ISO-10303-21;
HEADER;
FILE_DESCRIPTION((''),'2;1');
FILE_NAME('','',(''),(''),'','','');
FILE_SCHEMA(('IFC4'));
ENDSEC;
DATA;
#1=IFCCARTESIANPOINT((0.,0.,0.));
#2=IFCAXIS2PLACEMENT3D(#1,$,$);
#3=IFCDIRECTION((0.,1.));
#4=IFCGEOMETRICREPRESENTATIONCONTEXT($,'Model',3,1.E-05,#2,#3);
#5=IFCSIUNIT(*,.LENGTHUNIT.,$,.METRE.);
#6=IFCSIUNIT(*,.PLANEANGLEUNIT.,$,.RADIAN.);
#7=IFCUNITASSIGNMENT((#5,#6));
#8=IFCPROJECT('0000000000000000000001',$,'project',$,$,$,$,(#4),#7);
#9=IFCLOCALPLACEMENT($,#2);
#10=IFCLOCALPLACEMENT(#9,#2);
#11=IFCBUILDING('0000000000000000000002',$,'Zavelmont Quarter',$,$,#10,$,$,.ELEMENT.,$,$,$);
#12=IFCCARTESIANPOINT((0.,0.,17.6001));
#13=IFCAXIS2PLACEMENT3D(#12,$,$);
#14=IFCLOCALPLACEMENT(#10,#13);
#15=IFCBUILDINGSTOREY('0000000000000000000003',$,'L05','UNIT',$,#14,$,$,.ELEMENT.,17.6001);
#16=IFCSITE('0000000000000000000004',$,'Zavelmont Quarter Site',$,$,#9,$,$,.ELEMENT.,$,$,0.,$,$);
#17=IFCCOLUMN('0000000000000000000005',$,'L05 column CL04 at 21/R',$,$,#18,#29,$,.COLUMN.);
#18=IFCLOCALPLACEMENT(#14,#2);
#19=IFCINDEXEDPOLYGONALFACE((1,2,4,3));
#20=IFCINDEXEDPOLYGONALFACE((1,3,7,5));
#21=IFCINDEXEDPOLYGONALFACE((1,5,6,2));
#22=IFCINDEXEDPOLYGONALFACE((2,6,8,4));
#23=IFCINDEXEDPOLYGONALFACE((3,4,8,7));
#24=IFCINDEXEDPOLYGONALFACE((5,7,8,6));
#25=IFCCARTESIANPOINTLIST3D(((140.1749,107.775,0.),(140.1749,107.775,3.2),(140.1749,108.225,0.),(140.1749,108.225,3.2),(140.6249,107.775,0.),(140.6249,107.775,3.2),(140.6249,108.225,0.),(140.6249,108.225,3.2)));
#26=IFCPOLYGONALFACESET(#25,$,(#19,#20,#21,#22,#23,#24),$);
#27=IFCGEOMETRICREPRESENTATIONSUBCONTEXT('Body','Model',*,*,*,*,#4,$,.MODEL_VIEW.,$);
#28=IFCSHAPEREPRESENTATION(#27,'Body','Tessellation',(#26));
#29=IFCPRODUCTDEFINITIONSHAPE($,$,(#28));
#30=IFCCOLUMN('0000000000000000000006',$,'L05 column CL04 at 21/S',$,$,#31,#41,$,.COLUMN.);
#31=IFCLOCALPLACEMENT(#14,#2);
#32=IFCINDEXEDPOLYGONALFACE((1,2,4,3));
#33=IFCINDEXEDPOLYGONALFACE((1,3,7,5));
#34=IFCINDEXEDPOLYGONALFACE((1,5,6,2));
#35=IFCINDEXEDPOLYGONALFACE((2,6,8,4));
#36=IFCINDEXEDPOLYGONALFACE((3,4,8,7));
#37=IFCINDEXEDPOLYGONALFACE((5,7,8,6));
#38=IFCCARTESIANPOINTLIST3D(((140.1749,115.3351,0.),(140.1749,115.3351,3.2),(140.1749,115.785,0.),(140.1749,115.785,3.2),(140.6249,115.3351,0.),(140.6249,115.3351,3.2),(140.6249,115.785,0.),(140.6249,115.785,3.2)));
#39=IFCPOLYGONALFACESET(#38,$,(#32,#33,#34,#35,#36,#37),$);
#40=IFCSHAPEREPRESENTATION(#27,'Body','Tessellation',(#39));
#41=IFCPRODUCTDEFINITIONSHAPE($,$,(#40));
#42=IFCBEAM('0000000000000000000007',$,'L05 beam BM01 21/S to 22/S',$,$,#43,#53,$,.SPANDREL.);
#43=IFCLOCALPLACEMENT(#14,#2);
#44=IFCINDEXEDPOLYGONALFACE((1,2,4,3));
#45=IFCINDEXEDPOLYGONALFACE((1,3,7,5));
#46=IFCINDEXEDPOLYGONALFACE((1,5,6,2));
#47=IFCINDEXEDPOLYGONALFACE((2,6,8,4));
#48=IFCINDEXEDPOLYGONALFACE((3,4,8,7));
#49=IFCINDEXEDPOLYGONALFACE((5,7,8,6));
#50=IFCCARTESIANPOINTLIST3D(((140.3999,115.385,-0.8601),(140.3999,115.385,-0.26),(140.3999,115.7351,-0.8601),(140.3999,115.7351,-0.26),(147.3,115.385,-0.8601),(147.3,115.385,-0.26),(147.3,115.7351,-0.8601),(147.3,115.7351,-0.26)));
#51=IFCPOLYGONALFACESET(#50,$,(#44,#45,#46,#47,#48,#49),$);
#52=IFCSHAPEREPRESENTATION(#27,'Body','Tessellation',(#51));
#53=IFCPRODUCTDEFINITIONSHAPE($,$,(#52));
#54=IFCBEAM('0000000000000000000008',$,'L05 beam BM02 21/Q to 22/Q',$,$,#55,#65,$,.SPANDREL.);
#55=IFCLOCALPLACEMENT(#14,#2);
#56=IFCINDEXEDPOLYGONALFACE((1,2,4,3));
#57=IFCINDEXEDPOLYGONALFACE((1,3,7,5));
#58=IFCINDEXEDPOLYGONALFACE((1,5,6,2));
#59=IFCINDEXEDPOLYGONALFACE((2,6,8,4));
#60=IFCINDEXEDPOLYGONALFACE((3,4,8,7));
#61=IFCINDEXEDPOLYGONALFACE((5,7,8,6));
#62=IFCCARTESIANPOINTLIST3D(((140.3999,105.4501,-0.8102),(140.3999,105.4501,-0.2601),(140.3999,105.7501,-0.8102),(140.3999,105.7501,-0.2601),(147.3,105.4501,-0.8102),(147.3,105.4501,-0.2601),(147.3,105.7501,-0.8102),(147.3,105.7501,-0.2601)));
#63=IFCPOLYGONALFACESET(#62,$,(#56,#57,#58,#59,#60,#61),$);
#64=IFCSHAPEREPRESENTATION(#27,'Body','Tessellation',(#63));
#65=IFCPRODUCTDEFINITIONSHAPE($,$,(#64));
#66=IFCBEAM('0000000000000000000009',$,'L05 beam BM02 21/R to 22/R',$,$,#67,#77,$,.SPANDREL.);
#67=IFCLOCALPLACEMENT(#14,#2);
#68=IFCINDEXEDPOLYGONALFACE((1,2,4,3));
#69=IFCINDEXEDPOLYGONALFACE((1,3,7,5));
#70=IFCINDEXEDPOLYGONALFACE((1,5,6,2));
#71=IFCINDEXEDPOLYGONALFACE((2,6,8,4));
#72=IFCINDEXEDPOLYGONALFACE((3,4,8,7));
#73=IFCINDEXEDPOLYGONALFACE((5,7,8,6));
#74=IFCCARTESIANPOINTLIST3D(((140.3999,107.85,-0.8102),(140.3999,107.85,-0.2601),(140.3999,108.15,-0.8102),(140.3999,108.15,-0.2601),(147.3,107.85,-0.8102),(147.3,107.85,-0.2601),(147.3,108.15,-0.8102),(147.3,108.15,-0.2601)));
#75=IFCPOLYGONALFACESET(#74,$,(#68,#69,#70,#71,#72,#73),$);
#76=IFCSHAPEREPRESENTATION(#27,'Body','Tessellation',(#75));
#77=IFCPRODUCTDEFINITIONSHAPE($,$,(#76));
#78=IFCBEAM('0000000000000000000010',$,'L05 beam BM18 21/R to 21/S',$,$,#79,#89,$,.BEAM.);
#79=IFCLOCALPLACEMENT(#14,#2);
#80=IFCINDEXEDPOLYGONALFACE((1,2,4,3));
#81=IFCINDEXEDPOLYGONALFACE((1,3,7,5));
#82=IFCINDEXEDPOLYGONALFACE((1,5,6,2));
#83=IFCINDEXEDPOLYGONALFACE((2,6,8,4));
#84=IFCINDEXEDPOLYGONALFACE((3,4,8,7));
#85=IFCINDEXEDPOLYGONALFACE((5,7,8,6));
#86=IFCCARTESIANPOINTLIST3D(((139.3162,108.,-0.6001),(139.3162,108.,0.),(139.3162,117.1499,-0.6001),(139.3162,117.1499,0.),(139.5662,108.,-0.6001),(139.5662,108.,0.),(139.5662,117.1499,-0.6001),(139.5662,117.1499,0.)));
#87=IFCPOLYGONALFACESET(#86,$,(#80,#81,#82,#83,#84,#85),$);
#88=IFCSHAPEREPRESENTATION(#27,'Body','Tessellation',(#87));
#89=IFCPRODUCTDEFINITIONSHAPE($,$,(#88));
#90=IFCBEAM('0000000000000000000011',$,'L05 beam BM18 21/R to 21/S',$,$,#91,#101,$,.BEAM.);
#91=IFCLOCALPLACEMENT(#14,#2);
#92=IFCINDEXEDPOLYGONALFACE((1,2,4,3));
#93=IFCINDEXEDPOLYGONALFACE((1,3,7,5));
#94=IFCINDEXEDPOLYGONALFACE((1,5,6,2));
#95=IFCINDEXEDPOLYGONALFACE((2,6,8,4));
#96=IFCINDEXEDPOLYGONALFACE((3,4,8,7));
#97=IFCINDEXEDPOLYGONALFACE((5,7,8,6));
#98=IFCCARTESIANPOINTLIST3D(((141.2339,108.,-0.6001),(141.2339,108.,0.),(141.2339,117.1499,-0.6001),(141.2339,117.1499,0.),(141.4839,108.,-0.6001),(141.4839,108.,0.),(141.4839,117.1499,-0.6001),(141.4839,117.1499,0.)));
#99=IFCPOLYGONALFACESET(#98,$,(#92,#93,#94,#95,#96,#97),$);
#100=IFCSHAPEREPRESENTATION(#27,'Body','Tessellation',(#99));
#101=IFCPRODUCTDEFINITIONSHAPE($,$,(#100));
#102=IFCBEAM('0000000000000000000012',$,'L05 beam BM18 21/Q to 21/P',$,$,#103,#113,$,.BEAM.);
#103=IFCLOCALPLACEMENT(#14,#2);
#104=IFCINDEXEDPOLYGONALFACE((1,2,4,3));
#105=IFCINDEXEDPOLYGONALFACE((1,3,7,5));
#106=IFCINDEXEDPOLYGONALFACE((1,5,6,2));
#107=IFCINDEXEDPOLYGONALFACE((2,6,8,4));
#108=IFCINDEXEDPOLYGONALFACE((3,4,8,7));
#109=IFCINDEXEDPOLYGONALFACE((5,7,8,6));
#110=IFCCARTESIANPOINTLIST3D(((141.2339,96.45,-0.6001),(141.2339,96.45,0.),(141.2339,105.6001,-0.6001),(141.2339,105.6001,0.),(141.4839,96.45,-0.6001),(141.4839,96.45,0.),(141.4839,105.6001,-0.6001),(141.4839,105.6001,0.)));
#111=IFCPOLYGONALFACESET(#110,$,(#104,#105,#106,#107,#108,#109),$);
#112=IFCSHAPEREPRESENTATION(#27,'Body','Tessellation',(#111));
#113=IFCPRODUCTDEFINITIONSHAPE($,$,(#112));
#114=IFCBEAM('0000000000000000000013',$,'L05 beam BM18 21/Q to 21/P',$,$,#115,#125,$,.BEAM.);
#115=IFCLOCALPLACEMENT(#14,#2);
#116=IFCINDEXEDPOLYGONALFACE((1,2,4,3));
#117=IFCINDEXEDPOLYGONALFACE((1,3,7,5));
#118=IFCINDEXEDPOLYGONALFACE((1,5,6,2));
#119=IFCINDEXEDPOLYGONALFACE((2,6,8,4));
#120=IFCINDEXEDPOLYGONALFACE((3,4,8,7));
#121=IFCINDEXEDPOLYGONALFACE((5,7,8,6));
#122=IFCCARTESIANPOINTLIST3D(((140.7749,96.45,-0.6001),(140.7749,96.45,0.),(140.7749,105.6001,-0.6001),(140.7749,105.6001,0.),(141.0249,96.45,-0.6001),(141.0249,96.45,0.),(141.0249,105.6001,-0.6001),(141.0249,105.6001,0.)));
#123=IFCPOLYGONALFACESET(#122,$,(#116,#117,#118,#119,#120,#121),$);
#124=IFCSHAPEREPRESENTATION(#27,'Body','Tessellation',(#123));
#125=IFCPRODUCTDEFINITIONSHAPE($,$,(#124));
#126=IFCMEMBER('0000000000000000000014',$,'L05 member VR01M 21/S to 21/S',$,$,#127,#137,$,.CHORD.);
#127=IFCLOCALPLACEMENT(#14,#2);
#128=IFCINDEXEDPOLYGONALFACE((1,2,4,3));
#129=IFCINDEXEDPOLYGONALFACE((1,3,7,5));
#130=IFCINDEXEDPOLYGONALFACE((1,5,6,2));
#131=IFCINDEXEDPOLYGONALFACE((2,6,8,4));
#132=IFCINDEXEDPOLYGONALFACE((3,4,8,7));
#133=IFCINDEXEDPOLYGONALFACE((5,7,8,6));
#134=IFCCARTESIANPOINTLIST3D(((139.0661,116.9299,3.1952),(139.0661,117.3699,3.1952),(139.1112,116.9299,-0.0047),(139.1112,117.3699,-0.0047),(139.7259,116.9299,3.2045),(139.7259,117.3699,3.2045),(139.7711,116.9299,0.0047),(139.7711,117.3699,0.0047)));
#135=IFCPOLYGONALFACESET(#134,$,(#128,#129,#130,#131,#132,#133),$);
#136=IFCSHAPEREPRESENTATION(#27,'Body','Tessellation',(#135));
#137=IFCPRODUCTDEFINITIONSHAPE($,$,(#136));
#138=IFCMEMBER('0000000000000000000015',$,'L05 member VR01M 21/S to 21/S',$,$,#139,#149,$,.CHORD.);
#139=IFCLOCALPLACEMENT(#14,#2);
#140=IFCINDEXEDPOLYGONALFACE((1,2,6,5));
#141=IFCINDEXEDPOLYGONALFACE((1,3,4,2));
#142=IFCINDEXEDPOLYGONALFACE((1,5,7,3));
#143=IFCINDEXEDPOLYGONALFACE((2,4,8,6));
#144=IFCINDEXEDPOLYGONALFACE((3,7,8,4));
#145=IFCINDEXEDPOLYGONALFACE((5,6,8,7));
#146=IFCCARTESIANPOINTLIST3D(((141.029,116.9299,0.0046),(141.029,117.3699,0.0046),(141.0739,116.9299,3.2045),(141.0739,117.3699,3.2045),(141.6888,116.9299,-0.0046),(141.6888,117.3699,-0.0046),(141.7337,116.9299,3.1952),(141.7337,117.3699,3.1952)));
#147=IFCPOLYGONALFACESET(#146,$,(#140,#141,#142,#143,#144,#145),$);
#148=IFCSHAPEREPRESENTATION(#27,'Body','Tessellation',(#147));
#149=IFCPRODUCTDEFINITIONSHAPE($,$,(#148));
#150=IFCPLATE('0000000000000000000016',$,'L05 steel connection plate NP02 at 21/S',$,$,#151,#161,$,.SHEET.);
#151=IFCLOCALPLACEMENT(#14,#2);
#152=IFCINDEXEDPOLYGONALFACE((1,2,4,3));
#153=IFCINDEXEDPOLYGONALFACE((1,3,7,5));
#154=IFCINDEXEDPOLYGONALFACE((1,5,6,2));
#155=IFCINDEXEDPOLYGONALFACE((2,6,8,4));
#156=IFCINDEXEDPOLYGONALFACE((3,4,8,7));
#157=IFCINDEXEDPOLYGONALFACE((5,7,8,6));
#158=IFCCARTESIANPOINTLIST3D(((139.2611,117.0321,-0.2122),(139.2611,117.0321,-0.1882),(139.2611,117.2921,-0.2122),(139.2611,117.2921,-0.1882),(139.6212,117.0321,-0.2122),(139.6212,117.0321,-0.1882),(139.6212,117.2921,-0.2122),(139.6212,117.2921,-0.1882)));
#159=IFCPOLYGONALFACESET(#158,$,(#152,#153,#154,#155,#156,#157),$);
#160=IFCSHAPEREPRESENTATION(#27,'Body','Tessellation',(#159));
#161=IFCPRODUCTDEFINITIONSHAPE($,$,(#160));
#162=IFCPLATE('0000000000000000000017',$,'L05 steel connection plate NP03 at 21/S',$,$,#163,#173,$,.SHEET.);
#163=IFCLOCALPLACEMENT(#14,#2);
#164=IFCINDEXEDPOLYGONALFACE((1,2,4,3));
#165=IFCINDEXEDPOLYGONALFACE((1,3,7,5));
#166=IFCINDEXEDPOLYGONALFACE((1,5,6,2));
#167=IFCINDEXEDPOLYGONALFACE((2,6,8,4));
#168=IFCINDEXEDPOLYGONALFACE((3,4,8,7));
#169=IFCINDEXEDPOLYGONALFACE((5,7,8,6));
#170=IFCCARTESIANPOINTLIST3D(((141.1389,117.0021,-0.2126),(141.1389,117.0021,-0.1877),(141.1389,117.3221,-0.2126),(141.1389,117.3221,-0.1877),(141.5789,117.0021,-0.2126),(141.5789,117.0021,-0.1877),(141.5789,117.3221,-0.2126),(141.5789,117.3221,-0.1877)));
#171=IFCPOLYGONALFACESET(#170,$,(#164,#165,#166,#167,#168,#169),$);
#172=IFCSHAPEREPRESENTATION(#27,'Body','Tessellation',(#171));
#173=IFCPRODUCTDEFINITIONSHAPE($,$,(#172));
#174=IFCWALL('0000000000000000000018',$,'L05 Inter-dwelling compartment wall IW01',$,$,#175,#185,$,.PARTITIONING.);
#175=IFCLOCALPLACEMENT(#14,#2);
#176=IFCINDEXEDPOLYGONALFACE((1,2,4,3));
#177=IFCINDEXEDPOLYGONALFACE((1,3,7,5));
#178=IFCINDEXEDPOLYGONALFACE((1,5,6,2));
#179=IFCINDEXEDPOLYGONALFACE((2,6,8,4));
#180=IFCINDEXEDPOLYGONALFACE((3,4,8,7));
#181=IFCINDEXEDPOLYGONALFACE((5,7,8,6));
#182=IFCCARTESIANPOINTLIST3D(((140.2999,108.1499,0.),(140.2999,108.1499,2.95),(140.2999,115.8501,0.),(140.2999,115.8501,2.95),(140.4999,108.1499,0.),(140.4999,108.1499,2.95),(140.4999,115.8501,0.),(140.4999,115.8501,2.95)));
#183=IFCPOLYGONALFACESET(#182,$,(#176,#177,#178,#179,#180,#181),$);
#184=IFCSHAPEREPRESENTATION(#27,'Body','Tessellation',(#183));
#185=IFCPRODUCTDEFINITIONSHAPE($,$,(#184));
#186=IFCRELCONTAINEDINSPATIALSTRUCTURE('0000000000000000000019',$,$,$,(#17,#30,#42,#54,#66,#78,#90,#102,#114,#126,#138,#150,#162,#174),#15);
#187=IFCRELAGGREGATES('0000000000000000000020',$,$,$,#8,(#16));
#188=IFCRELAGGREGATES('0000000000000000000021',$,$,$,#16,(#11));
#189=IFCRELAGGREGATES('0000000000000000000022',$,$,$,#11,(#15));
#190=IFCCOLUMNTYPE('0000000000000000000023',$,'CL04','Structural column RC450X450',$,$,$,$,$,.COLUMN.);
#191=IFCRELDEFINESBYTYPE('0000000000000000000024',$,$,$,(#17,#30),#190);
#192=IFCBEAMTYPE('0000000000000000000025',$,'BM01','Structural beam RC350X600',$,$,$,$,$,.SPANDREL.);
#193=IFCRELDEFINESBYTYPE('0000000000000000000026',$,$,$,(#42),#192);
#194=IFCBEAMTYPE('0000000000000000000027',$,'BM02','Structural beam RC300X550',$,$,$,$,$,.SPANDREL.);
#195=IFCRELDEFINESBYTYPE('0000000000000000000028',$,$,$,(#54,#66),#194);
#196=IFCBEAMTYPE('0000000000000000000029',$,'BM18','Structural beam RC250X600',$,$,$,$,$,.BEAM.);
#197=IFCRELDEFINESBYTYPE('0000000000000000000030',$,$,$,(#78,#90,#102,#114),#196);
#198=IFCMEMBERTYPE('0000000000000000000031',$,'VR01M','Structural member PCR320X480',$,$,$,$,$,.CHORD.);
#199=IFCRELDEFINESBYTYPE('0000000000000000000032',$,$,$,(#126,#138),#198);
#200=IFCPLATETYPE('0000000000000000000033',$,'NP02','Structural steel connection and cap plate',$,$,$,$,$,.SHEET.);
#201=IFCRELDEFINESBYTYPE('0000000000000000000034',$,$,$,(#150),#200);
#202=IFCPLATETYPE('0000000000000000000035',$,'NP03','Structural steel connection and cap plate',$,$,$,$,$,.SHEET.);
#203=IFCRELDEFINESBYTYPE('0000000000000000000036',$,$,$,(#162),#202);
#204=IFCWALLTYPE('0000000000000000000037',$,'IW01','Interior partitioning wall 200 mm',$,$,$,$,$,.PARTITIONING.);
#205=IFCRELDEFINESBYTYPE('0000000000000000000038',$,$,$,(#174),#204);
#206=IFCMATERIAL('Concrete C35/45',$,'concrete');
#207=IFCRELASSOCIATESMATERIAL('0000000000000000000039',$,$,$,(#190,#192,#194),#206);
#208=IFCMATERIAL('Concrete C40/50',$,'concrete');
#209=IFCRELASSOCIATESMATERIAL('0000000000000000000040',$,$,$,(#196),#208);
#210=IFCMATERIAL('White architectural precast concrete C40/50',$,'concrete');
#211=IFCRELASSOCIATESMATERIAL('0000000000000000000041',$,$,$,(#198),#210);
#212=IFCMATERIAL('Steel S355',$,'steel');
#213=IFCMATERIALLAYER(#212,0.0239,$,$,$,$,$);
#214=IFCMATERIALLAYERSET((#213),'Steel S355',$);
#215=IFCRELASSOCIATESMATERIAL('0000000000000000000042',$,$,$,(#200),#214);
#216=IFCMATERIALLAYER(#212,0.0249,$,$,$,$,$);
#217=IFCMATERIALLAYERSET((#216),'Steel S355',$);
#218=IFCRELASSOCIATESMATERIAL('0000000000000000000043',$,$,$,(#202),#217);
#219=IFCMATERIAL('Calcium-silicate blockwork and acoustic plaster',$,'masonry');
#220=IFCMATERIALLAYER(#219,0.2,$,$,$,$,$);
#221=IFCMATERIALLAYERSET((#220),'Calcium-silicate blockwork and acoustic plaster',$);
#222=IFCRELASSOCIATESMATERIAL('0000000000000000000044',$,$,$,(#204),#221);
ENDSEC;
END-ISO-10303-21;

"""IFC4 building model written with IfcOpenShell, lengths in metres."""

from ifc_helpers import new_model, si_unit, direction, frame, frame_2d, origin, origin_2d, place, context, subcontext, project, spatial, rectangle, extrude, material, layer, layer_set, material_profile, profile_set, type_object, element, save


model = new_model("IFC4")

# Units and contexts
model_context = context("Model", 3, precision=1e-05, world=origin(), true_north=direction((0.0, 1.0)))
body_context = subcontext(model_context, "Body", "Model", "MODEL_VIEW")
ifc_project = project(units=[si_unit("LENGTHUNIT", "METRE"), si_unit("PLANEANGLEUNIT", "RADIAN")], contexts=[model_context])

# Site, building, storey
site_placement = place(None, origin())
site = spatial("IfcSite", under=ifc_project, at=site_placement, Name="Zavelmont Quarter Site", CompositionType="ELEMENT", RefElevation=0.0)
building_placement = place(site_placement, origin())
building = spatial("IfcBuilding", under=site, at=building_placement, Name="Zavelmont Quarter", CompositionType="ELEMENT")
storey_placement = place(building_placement, frame((0.0, 0.0, 17.6001)))
storey = spatial("IfcBuildingStorey", under=building, at=storey_placement, Name="L05", Description="UNIT", CompositionType="ELEMENT", Elevation=17.6001)

# Columns
ifc_material_1 = material(Name="Concrete C35/45", Category="concrete")
ifc_material_profile_1 = material_profile(ifc_material_1, rectangle(XDim=0.45, YDim=0.45, at=origin_2d()), Name="RC450X450")
ifc_profile_set_1 = profile_set([ifc_material_profile_1], Name="Concrete C35/45")
column_type = type_object("IfcColumnType", Name="CL04", Description="Structural column RC450X450", PredefinedType="COLUMN", material=ifc_profile_set_1)
for number, where, z_axis, x_axis, name in (
    (1, (140.3999, 108.0, 0.0), (0.0, 0.0, 1.0), (1.0, 0.0, 0.0), "L05 column CL04 at 21/R"),
    (2, (140.3999, 115.5601, 0.0), (0.0, 0.0, 1.0), (1.0, 0.0, 0.0), "L05 column CL04 at 21/S"),
):
    element("IfcColumn", number, at=place(storey_placement, frame(where, z_axis=z_axis, x_axis=x_axis)), inside=storey, type_object=column_type, Name=name, PredefinedType="COLUMN", context=body_context, shape_type="SweptSolid", body=[
        extrude(rectangle(XDim=0.45, YDim=0.45, at=origin_2d()), origin(), (0.0, 0.0, 1.0), 3.2),
    ])

# Beams
ifc_material_profile_2 = material_profile(ifc_material_1, rectangle(XDim=0.3501, YDim=0.6001, at=origin_2d()), Name="RC350X600")
ifc_profile_set_2 = profile_set([ifc_material_profile_2], Name="Concrete C35/45")
beam_type_1 = type_object("IfcBeamType", Name="BM01", Description="Structural beam RC350X600", PredefinedType="SPANDREL", material=ifc_profile_set_2)
beam_placement = place(storey_placement, frame((140.3999, 115.5601, -0.5601), z_axis=(1.0, 0.0, 0.0), x_axis=(0.0, 1.0, 0.0)))
element("IfcBeam", 3, at=beam_placement, inside=storey, type_object=beam_type_1, Name="L05 beam BM01 21/S to 22/S", PredefinedType="SPANDREL", context=body_context, shape_type="SweptSolid", body=[
    extrude(rectangle(XDim=0.3501, YDim=0.6001, at=origin_2d()), origin(), (0.0, 0.0, 1.0), 6.9001),
])
ifc_material_profile_3 = material_profile(ifc_material_1, rectangle(XDim=0.3, YDim=0.55, at=origin_2d()), Name="RC300X550")
ifc_profile_set_3 = profile_set([ifc_material_profile_3], Name="Concrete C35/45")
beam_type_2 = type_object("IfcBeamType", Name="BM02", Description="Structural beam RC300X550", PredefinedType="SPANDREL", material=ifc_profile_set_3)
for number, where, z_axis, x_axis, name in (
    (4, (140.3999, 105.6001, -0.5352), (1.0, 0.0, 0.0), (0.0, 1.0, 0.0), "L05 beam BM02 21/Q to 22/Q"),
    (5, (140.3999, 108.0, -0.5352), (1.0, 0.0, 0.0), (0.0, 1.0, 0.0), "L05 beam BM02 21/R to 22/R"),
):
    element("IfcBeam", number, at=place(storey_placement, frame(where, z_axis=z_axis, x_axis=x_axis)), inside=storey, type_object=beam_type_2, Name=name, PredefinedType="SPANDREL", context=body_context, shape_type="SweptSolid", body=[
        extrude(rectangle(XDim=0.3, YDim=0.55, at=origin_2d()), origin(), (0.0, 0.0, 1.0), 6.9001),
    ])
ifc_material_2 = material(Name="Concrete C40/50", Category="concrete")
ifc_material_profile_4 = material_profile(ifc_material_2, rectangle(XDim=0.25, YDim=0.6001, at=origin_2d()), Name="RC250X600")
ifc_profile_set_4 = profile_set([ifc_material_profile_4], Name="Concrete C40/50")
beam_type_3 = type_object("IfcBeamType", Name="BM18", Description="Structural beam RC250X600", PredefinedType="BEAM", material=ifc_profile_set_4)
for number, where, z_axis, x_axis, name in (
    (6, (139.4412, 108.0, -0.3), (0.0, 1.0, 0.0), (-1.0, 0.0, 0.0), "L05 beam BM18 21/R to 21/S"),
    (7, (141.3589, 108.0, -0.3), (0.0, 1.0, 0.0), (-1.0, 0.0, 0.0), "L05 beam BM18 21/R to 21/S"),
):
    element("IfcBeam", number, at=place(storey_placement, frame(where, z_axis=z_axis, x_axis=x_axis)), inside=storey, type_object=beam_type_3, Name=name, PredefinedType="BEAM", context=body_context, shape_type="SweptSolid", body=[
        extrude(rectangle(XDim=0.25, YDim=0.6001, at=origin_2d()), origin(), (0.0, 0.0, 1.0), 9.1499),
    ])
for number, where, z_axis, x_axis, name in (
    (8, (141.3589, 105.6001, -0.3), (0.0, -1.0, 0.0), (1.0, 0.0, 0.0), "L05 beam BM18 21/Q to 21/P"),
    (9, (140.8999, 105.6001, -0.3), (0.0, -1.0, 0.0), (1.0, 0.0, 0.0), "L05 beam BM18 21/Q to 21/P"),
):
    element("IfcBeam", number, at=place(storey_placement, frame(where, z_axis=z_axis, x_axis=x_axis)), inside=storey, type_object=beam_type_3, Name=name, PredefinedType="BEAM", context=body_context, shape_type="SweptSolid", body=[
        extrude(rectangle(XDim=0.25, YDim=0.6001, at=origin_2d()), origin(), (0.0, 0.0, 1.0), 9.1501),
    ])

# Members
ifc_material_3 = material(Name="White architectural precast concrete C40/50", Category="concrete")
ifc_material_profile_5 = material_profile(ifc_material_3, rectangle(XDim=0.4399, YDim=0.6599, at=origin_2d()), Name="PCR320X480")
ifc_profile_set_5 = profile_set([ifc_material_profile_5], Name="White architectural precast concrete C40/50")
member_type = type_object("IfcMemberType", Name="VR01M", Description="Structural member PCR320X480", PredefinedType="CHORD", material=ifc_profile_set_5)
for number, where, z_axis, x_axis, name in (
    (10, (139.4412, 117.1499, 0.0), (-0.014113, 0.0, 0.9999), (0.0, -1.0, 0.0), "L05 member VR01M 21/S to 21/S"),
    (11, (141.3589, 117.1499, 0.0), (0.014037, 0.0, 0.999901), (0.0, 1.0, 0.0), "L05 member VR01M 21/S to 21/S"),
):
    element("IfcMember", number, at=place(storey_placement, frame(where, z_axis=z_axis, x_axis=x_axis)), inside=storey, type_object=member_type, Name=name, PredefinedType="CHORD", context=body_context, shape_type="SweptSolid", body=[
        extrude(rectangle(XDim=0.4399, YDim=0.6599, at=origin_2d()), origin(), (0.0, 0.0, 1.0), 3.2002),
    ])

# Plates
ifc_material_4 = material(Name="Steel S355", Category="steel")
ifc_layer_1 = layer(ifc_material_4, 0.0239)
ifc_layer_set_1 = layer_set([ifc_layer_1], Name="Steel S355")
plate_type_1 = type_object("IfcPlateType", Name="NP02", Description="Structural steel connection and cap plate", PredefinedType="SHEET", material=ifc_layer_set_1)
plate_1_placement = place(storey_placement, frame((139.4412, 117.1621, -0.2122), z_axis=(0.0, 0.0, 1.0), x_axis=(1.0, 0.0, 0.0)))
element("IfcPlate", 12, at=plate_1_placement, inside=storey, type_object=plate_type_1, Name="L05 steel connection plate NP02 at 21/S", PredefinedType="SHEET", context=body_context, shape_type="SweptSolid", body=[
    extrude(rectangle(XDim=0.3601, YDim=0.26, at=origin_2d()), origin(), (0.0, 0.0, 1.0), 0.0239),
])
ifc_layer_2 = layer(ifc_material_4, 0.0249)
ifc_layer_set_2 = layer_set([ifc_layer_2], Name="Steel S355")
plate_type_2 = type_object("IfcPlateType", Name="NP03", Description="Structural steel connection and cap plate", PredefinedType="SHEET", material=ifc_layer_set_2)
plate_2_placement = place(storey_placement, frame((141.3589, 117.1621, -0.2126), z_axis=(0.0, 0.0, 1.0), x_axis=(1.0, 0.0, 0.0)))
element("IfcPlate", 13, at=plate_2_placement, inside=storey, type_object=plate_type_2, Name="L05 steel connection plate NP03 at 21/S", PredefinedType="SHEET", context=body_context, shape_type="SweptSolid", body=[
    extrude(rectangle(XDim=0.4399, YDim=0.3201, at=origin_2d()), origin(), (0.0, 0.0, 1.0), 0.0249),
])

# Wall
ifc_material_5 = material(Name="Calcium-silicate blockwork and acoustic plaster", Category="masonry")
ifc_layer_3 = layer(ifc_material_5, 0.2)
ifc_layer_set_3 = layer_set([ifc_layer_3], Name="Calcium-silicate blockwork and acoustic plaster")
wall_type_1 = type_object("IfcWallType", Name="IW01", Description="Interior partitioning wall 200 mm", PredefinedType="PARTITIONING", material=ifc_layer_set_3)
wall_1_placement = place(storey_placement, frame((140.3999, 108.1499, 0.0), z_axis=(0.0, 0.0, 1.0), x_axis=(0.0, 1.0, 0.0)))
element("IfcWall", 14, at=wall_1_placement, inside=storey, type_object=wall_type_1, Name="L05 Inter-dwelling compartment wall IW01", PredefinedType="PARTITIONING", context=body_context, shape_type="SweptSolid", body=[
    extrude(rectangle(XDim=7.7002, YDim=0.2, at=frame_2d((3.8501, 0.0))), origin(), (0.0, 0.0, 1.0), 2.95),
])

save(model, "model.ifc")
